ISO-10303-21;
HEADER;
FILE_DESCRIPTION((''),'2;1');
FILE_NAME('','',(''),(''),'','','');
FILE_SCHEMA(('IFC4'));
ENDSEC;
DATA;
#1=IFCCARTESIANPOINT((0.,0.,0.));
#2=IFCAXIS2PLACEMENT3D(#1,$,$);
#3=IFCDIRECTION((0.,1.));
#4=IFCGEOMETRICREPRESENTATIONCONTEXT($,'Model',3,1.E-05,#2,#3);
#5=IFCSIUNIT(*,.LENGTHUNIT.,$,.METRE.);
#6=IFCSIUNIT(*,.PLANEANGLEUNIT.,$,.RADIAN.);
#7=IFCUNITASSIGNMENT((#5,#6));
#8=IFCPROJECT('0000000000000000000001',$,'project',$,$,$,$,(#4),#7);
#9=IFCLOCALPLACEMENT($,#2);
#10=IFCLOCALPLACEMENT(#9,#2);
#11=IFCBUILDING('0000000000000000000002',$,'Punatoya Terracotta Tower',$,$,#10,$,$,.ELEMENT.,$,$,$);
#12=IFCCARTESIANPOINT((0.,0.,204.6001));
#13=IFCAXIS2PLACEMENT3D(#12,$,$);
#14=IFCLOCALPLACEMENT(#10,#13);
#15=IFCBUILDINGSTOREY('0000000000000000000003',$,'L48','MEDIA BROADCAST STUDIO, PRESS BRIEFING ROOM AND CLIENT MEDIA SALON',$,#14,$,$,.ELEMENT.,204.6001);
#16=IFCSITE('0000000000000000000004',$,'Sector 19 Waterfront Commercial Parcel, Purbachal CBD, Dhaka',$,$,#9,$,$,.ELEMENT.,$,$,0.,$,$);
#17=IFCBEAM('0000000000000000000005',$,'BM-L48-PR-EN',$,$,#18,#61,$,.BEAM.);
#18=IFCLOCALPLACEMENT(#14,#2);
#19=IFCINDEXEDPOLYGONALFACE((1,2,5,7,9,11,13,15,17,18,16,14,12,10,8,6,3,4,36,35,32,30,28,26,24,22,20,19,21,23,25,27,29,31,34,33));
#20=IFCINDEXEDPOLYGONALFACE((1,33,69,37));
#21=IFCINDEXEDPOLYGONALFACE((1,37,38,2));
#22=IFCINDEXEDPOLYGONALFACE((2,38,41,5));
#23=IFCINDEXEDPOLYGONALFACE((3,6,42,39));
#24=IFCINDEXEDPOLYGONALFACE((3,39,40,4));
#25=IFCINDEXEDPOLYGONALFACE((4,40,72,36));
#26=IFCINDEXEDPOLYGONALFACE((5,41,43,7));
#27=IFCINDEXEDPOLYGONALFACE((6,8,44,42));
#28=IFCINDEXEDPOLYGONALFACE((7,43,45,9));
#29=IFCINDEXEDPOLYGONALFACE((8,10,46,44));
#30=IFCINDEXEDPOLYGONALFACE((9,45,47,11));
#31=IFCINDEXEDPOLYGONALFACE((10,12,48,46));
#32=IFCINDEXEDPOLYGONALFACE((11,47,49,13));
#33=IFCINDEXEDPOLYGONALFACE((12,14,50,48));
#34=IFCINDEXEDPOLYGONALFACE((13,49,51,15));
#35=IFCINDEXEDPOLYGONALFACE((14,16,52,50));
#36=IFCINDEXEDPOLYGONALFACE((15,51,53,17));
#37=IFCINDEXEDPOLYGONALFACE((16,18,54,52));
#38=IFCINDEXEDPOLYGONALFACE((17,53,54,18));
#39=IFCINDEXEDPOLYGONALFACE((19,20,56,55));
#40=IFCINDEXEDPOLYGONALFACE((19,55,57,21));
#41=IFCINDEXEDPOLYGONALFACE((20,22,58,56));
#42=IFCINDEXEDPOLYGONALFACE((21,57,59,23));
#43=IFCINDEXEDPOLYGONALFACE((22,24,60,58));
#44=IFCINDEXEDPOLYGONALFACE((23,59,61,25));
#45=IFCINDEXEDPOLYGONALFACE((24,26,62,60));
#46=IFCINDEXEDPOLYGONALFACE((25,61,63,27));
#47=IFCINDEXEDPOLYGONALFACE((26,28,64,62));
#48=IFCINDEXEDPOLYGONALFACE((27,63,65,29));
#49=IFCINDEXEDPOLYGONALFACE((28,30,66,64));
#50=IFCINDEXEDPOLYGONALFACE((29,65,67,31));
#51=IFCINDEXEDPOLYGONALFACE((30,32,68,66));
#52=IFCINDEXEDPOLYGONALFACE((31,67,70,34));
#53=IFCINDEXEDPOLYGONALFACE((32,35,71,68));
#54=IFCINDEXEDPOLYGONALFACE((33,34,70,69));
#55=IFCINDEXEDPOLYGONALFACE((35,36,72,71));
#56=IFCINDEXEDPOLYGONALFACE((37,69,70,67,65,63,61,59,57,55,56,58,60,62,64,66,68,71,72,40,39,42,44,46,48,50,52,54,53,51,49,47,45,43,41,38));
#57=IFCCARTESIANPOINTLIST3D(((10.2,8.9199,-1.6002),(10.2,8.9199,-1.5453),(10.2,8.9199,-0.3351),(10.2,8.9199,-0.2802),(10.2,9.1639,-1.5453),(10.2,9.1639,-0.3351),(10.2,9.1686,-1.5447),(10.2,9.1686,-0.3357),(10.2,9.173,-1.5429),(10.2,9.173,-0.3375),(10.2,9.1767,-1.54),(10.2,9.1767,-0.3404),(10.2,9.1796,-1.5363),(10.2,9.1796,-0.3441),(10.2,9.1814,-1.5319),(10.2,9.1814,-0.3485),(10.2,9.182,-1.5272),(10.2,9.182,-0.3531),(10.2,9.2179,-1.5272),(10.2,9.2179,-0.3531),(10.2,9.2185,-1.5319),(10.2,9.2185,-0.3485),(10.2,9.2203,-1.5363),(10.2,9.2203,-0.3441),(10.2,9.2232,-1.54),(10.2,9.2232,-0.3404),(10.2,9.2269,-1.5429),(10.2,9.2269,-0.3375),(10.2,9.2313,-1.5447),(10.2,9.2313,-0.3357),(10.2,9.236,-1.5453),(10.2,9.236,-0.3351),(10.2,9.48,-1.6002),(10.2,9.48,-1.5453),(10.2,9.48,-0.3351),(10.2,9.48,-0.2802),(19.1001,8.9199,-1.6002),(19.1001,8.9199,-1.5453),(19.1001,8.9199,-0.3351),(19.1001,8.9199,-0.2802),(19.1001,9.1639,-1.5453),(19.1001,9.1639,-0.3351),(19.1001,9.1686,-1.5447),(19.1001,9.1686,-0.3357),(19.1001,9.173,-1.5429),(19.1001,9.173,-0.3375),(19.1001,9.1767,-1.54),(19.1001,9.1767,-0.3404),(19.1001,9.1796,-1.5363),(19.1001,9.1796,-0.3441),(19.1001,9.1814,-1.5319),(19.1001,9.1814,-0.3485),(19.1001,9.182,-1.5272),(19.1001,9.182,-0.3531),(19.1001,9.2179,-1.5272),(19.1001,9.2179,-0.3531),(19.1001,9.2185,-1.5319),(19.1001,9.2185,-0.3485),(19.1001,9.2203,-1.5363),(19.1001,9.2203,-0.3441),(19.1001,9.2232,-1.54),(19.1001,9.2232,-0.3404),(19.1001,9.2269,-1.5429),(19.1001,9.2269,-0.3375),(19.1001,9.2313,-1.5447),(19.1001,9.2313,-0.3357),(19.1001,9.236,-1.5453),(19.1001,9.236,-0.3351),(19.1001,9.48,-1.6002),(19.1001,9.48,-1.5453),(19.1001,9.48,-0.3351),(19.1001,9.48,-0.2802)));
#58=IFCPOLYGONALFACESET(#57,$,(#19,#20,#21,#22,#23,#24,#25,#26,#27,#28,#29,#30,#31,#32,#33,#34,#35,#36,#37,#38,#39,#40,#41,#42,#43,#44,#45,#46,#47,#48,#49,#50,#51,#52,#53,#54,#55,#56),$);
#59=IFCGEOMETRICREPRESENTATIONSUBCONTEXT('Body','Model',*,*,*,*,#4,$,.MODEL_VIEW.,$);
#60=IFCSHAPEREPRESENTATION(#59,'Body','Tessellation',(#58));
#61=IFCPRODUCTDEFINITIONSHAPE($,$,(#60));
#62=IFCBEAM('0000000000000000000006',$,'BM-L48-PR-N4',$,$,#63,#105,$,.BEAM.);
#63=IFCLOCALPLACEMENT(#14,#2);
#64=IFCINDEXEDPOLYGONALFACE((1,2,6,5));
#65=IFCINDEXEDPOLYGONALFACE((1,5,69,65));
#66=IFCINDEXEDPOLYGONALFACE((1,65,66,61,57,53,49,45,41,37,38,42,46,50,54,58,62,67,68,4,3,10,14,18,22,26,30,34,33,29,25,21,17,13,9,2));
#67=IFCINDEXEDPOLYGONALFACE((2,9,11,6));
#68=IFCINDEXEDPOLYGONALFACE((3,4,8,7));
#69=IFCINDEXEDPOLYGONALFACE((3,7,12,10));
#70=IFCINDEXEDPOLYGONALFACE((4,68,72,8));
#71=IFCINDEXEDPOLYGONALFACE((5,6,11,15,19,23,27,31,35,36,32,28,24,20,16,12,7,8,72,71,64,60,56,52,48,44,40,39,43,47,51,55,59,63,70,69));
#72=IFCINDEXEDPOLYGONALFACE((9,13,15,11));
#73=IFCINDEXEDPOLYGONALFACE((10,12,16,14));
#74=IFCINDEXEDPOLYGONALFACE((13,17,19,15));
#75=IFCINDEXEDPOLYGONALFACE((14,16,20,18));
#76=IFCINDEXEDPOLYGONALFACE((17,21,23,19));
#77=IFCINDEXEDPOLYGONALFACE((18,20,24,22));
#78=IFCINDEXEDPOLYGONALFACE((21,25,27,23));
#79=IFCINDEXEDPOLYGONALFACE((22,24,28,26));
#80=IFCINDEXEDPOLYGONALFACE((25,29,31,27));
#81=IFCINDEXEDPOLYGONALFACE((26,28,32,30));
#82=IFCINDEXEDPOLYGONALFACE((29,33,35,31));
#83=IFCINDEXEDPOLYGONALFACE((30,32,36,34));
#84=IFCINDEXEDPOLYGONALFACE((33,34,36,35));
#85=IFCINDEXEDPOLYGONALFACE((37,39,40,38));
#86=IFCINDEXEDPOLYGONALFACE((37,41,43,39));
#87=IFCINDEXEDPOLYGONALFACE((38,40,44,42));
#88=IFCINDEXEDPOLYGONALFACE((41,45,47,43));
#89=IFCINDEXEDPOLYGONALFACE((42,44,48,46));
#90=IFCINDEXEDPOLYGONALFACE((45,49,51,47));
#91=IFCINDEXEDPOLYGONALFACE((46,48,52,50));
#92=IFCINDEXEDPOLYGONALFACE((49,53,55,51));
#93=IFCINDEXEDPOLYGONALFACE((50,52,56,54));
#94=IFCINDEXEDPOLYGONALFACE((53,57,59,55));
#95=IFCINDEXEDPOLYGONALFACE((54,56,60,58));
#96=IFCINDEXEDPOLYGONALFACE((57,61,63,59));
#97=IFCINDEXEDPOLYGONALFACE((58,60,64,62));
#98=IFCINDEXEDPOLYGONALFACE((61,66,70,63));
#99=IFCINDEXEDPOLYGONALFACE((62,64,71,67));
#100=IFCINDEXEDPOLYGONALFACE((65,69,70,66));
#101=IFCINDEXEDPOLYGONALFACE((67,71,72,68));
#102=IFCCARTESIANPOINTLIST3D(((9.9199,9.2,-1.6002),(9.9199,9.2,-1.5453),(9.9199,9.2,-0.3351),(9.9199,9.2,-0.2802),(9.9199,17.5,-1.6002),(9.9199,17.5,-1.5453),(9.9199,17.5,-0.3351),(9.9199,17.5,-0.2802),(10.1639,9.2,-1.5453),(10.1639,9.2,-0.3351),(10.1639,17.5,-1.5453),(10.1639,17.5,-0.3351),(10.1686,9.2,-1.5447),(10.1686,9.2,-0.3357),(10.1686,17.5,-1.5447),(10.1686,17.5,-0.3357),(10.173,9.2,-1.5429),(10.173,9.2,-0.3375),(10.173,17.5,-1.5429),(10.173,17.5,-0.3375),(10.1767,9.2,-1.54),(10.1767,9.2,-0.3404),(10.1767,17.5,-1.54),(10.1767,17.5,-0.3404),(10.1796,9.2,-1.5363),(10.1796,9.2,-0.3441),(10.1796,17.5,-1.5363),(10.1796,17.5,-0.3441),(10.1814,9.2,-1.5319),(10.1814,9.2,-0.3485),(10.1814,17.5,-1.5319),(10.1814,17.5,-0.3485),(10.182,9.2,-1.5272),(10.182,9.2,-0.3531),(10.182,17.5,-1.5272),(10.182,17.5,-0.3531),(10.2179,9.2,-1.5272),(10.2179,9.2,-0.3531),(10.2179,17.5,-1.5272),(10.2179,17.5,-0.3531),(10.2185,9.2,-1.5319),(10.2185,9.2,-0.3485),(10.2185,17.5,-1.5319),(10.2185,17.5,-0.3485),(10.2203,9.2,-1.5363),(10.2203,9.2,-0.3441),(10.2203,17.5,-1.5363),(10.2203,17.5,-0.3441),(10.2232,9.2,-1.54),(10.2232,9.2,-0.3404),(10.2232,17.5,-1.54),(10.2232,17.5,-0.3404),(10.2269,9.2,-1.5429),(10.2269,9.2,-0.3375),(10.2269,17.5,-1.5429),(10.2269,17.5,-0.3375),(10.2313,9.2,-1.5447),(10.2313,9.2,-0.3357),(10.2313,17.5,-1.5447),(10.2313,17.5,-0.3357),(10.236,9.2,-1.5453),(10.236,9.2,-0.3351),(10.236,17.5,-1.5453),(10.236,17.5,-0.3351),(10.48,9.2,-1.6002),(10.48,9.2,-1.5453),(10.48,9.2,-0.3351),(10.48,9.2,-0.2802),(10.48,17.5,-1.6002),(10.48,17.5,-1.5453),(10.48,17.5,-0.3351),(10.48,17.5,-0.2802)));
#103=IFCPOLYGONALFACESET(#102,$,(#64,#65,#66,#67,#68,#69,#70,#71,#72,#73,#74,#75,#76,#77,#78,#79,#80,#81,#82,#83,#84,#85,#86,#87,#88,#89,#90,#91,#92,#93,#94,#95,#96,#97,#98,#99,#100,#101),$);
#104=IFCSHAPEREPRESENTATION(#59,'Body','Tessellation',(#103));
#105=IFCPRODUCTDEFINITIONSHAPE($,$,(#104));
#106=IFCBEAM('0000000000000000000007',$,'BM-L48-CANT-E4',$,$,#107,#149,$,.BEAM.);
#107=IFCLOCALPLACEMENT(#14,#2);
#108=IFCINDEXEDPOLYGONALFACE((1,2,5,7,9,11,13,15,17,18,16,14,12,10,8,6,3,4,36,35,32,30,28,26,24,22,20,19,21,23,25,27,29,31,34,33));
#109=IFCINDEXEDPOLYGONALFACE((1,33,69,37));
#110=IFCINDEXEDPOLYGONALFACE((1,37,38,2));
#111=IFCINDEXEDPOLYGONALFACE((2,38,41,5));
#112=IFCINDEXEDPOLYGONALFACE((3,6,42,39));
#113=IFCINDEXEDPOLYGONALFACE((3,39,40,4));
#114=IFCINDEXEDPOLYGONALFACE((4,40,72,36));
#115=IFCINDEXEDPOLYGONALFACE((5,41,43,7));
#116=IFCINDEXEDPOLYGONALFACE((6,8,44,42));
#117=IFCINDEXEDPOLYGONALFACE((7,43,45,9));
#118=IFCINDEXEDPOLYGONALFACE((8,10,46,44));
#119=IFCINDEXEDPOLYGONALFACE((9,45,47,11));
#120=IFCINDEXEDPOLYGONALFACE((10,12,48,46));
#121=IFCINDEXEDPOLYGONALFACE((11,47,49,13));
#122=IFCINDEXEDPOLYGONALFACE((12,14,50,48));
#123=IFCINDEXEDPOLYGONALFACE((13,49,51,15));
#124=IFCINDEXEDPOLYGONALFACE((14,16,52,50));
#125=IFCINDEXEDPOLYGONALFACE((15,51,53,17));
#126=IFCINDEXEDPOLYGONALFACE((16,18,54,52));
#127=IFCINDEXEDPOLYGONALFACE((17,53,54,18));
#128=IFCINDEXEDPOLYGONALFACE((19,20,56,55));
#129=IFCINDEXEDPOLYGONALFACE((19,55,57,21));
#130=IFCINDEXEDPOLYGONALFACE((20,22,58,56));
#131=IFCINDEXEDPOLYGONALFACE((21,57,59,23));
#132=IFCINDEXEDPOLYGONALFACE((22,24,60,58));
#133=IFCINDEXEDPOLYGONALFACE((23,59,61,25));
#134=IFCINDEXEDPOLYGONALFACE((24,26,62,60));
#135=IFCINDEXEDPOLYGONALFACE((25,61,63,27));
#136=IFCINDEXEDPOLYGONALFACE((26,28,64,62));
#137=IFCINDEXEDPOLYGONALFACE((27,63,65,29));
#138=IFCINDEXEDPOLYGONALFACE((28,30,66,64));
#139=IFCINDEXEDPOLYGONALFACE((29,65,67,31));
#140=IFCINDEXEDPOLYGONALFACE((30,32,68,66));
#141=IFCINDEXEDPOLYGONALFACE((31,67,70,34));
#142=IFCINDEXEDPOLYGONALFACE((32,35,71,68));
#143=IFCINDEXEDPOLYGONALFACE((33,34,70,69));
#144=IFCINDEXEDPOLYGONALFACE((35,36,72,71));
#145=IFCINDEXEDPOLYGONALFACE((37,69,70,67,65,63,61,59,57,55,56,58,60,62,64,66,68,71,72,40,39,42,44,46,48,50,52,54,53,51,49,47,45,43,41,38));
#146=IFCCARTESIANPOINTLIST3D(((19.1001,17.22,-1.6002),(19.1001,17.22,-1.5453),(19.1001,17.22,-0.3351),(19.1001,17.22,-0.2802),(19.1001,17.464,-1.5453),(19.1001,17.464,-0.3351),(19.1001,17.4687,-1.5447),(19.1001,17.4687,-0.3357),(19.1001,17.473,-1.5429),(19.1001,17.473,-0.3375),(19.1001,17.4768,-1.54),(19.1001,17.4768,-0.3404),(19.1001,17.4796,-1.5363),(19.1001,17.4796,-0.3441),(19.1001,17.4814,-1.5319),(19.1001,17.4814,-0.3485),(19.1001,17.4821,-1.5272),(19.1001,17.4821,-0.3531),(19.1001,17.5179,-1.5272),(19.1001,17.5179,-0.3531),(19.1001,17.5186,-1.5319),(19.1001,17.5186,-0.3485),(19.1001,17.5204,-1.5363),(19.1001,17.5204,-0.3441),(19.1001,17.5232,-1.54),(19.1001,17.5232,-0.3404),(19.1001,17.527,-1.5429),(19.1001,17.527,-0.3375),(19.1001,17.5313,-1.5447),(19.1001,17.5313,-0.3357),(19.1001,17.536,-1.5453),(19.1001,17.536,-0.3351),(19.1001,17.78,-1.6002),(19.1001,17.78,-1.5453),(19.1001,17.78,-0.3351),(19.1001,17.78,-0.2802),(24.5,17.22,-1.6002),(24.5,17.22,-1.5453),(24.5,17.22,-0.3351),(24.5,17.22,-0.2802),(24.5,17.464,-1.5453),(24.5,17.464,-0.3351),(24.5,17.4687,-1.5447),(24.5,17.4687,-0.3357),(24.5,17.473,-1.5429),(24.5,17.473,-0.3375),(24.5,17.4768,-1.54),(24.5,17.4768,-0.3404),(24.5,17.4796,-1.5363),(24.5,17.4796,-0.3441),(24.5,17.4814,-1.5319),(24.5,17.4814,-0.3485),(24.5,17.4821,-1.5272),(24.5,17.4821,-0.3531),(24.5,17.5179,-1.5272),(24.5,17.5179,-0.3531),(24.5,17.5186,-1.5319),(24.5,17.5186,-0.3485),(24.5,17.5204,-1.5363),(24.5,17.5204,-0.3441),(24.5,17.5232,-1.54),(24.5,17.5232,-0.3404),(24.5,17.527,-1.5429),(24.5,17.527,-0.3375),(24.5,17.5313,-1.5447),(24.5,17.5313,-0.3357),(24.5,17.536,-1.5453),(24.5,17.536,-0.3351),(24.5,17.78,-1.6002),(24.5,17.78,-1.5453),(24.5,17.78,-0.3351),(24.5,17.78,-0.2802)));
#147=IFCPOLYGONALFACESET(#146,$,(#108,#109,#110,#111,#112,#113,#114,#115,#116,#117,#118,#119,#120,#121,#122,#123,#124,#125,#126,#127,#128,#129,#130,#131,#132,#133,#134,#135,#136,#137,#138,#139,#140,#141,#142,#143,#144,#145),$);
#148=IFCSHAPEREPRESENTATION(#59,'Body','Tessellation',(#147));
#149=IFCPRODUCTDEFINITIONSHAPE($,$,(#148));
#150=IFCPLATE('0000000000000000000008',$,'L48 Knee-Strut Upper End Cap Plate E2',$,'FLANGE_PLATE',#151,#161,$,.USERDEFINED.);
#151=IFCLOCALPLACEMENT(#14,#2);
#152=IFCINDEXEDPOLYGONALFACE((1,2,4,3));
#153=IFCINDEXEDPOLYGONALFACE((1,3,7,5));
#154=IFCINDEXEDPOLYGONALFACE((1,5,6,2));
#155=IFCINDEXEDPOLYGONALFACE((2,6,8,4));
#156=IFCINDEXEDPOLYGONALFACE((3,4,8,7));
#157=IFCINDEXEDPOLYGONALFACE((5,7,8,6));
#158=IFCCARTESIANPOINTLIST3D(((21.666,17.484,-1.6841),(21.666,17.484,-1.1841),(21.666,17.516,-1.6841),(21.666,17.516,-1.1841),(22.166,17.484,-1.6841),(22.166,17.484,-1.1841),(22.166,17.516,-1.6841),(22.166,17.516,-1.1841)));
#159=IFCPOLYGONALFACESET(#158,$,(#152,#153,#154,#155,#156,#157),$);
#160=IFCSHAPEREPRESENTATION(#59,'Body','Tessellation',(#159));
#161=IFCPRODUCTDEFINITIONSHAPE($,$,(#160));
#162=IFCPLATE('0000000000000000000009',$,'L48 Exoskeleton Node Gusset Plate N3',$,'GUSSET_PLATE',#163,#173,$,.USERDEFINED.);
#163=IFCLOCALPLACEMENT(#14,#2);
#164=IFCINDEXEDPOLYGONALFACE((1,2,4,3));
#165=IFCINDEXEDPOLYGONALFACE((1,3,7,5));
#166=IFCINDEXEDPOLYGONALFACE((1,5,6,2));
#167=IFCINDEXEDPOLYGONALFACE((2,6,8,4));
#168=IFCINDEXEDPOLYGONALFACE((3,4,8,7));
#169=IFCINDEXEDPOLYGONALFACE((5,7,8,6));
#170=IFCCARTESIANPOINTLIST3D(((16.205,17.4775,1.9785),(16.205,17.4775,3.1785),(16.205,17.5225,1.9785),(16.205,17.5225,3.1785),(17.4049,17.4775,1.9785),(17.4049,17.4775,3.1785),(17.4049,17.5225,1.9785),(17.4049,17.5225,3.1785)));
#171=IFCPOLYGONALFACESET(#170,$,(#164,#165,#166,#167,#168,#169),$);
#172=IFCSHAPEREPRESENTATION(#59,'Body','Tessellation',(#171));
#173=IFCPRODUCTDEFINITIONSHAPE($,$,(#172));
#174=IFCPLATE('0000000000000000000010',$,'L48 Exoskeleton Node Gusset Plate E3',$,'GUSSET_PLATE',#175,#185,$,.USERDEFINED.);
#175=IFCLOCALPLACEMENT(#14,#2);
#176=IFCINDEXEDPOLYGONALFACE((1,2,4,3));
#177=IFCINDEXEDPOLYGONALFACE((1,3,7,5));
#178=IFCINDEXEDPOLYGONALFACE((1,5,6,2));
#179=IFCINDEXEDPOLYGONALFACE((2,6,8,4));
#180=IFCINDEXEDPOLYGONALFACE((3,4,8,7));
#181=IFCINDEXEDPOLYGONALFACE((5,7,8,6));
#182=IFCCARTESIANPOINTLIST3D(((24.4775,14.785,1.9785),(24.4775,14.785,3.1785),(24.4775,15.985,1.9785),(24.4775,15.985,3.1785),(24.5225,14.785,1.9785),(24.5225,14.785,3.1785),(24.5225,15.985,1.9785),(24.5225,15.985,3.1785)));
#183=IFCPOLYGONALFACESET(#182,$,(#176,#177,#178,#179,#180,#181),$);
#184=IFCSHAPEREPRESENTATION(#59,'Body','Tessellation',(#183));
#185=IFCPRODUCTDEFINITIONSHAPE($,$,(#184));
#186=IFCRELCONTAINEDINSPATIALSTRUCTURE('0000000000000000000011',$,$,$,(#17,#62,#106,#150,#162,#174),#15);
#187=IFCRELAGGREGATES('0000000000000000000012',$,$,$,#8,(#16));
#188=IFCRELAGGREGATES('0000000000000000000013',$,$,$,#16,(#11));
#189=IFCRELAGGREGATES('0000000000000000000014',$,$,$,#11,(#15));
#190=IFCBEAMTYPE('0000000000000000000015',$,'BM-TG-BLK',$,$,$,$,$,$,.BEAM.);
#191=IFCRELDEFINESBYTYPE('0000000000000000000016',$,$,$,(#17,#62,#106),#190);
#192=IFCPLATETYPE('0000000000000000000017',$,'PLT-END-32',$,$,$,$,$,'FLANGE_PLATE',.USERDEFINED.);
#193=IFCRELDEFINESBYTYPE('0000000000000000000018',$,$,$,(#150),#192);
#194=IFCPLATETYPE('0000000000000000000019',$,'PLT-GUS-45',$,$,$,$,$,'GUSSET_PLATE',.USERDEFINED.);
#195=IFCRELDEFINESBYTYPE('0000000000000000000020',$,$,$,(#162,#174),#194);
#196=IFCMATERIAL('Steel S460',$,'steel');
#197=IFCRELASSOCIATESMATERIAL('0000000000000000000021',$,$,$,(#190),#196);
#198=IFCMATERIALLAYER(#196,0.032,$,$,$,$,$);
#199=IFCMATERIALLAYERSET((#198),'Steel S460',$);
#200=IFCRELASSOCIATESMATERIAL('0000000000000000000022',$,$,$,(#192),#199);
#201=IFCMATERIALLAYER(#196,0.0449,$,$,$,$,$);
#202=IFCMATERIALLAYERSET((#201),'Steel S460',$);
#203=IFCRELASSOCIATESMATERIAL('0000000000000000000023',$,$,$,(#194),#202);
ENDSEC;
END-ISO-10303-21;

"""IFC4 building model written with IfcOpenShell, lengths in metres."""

from ifc_helpers import new_model, si_unit, direction, frame, origin, origin_2d, place, context, subcontext, project, spatial, rectangle, i_section, extrude, material, layer, layer_set, material_profile, profile_set, type_object, element, save


model = new_model("IFC4")

# Units and contexts
model_context = context("Model", 3, precision=1e-05, world=origin(), true_north=direction((0.0, 1.0)))
body_context = subcontext(model_context, "Body", "Model", "MODEL_VIEW")
ifc_project = project(units=[si_unit("LENGTHUNIT", "METRE"), si_unit("PLANEANGLEUNIT", "RADIAN")], contexts=[model_context])

# Site, building, storey
site_placement = place(None, origin())
site = spatial("IfcSite", under=ifc_project, at=site_placement, Name="Sector 19 Waterfront Commercial Parcel, Purbachal CBD, Dhaka", CompositionType="ELEMENT", RefElevation=0.0)
building_placement = place(site_placement, origin())
building = spatial("IfcBuilding", under=site, at=building_placement, Name="Punatoya Terracotta Tower", CompositionType="ELEMENT")
storey_placement = place(building_placement, frame((0.0, 0.0, 204.6001)))
storey = spatial("IfcBuildingStorey", under=building, at=storey_placement, Name="L48", Description="MEDIA BROADCAST STUDIO, PRESS BRIEFING ROOM AND CLIENT MEDIA SALON", CompositionType="ELEMENT", Elevation=204.6001)

# Shared definitions
ifc_material_1 = material(Name="Steel S460", Category="steel")

# Beams
ifc_material_profile_1 = material_profile(ifc_material_1, i_section(OverallWidth=0.5601, OverallDepth=1.3201, WebThickness=0.0359, FlangeThickness=0.0549, FilletRadius=0.0181, at=origin_2d()))
ifc_profile_set_1 = profile_set([ifc_material_profile_1], Name="Steel S460")
beam_type_1 = type_object("IfcBeamType", Name="BM-TG-BLK", PredefinedType="BEAM", material=ifc_profile_set_1)
beam_1_placement = place(storey_placement, frame((10.2, 9.2, -0.9402), z_axis=(1.0, 0.0, 0.0), x_axis=(0.0, 1.0, 0.0)))
element("IfcBeam", 1, at=beam_1_placement, inside=storey, type_object=beam_type_1, Name="BM-L48-PR-EN", PredefinedType="BEAM", context=body_context, shape_type="SweptSolid", body=[
    extrude(i_section(OverallWidth=0.5601, OverallDepth=1.3201, WebThickness=0.0359, FlangeThickness=0.0549, FilletRadius=0.0181, at=origin_2d()), origin(), (0.0, 0.0, 1.0), 8.9001),
])
beam_2_placement = place(storey_placement, frame((10.2, 9.2, -0.9402), z_axis=(0.0, 1.0, 0.0), x_axis=(-1.0, 0.0, 0.0)))
element("IfcBeam", 2, at=beam_2_placement, inside=storey, type_object=beam_type_1, Name="BM-L48-PR-N4", PredefinedType="BEAM", context=body_context, shape_type="SweptSolid", body=[
    extrude(i_section(OverallWidth=0.5601, OverallDepth=1.3201, WebThickness=0.0359, FlangeThickness=0.0549, FilletRadius=0.0181, at=origin_2d()), origin(), (0.0, 0.0, 1.0), 8.3),
])
beam_3_placement = place(storey_placement, frame((19.1001, 17.5, -0.9402), z_axis=(1.0, 0.0, 0.0), x_axis=(0.0, 1.0, 0.0)))
element("IfcBeam", 3, at=beam_3_placement, inside=storey, type_object=beam_type_1, Name="BM-L48-CANT-E4", PredefinedType="BEAM", context=body_context, shape_type="SweptSolid", body=[
    extrude(i_section(OverallWidth=0.5601, OverallDepth=1.3201, WebThickness=0.0359, FlangeThickness=0.0549, FilletRadius=0.0181, at=origin_2d()), origin(), (0.0, 0.0, 1.0), 5.3999),
])

# Plates
ifc_layer_1 = layer(ifc_material_1, 0.032)
ifc_layer_set_1 = layer_set([ifc_layer_1], Name="Steel S460")
plate_type_1 = type_object("IfcPlateType", Name="PLT-END-32", ElementType="FLANGE_PLATE", PredefinedType="USERDEFINED", material=ifc_layer_set_1)
plate_placement = place(storey_placement, frame((21.916, 17.5, -1.6841), z_axis=(0.0, 0.0, 1.0), x_axis=(1.0, 0.0, 0.0)))
element("IfcPlate", 4, at=plate_placement, inside=storey, type_object=plate_type_1, Name="L48 Knee-Strut Upper End Cap Plate E2", ObjectType="FLANGE_PLATE", PredefinedType="USERDEFINED", context=body_context, shape_type="SweptSolid", body=[
    extrude(rectangle(XDim=0.5, YDim=0.032, at=origin_2d()), origin(), (0.0, 0.0, 1.0), 0.5),
])
ifc_layer_2 = layer(ifc_material_1, 0.0449)
ifc_layer_set_2 = layer_set([ifc_layer_2], Name="Steel S460")
plate_type_2 = type_object("IfcPlateType", Name="PLT-GUS-45", ElementType="GUSSET_PLATE", PredefinedType="USERDEFINED", material=ifc_layer_set_2)
for number, where, z_axis, x_axis, name in (
    (5, (16.8049, 17.5, 1.9785), (0.0, 0.0, 1.0), (1.0, 0.0, 0.0), "L48 Exoskeleton Node Gusset Plate N3"),
    (6, (24.5, 15.385, 1.9785), (0.0, 0.0, 1.0), (0.0, 1.0, 0.0), "L48 Exoskeleton Node Gusset Plate E3"),
):
    element("IfcPlate", number, at=place(storey_placement, frame(where, z_axis=z_axis, x_axis=x_axis)), inside=storey, type_object=plate_type_2, Name=name, ObjectType="GUSSET_PLATE", PredefinedType="USERDEFINED", context=body_context, shape_type="SweptSolid", body=[
        extrude(rectangle(XDim=1.2, YDim=0.0449, at=origin_2d()), origin(), (0.0, 0.0, 1.0), 1.2),
    ])

save(model, "model.ifc")
